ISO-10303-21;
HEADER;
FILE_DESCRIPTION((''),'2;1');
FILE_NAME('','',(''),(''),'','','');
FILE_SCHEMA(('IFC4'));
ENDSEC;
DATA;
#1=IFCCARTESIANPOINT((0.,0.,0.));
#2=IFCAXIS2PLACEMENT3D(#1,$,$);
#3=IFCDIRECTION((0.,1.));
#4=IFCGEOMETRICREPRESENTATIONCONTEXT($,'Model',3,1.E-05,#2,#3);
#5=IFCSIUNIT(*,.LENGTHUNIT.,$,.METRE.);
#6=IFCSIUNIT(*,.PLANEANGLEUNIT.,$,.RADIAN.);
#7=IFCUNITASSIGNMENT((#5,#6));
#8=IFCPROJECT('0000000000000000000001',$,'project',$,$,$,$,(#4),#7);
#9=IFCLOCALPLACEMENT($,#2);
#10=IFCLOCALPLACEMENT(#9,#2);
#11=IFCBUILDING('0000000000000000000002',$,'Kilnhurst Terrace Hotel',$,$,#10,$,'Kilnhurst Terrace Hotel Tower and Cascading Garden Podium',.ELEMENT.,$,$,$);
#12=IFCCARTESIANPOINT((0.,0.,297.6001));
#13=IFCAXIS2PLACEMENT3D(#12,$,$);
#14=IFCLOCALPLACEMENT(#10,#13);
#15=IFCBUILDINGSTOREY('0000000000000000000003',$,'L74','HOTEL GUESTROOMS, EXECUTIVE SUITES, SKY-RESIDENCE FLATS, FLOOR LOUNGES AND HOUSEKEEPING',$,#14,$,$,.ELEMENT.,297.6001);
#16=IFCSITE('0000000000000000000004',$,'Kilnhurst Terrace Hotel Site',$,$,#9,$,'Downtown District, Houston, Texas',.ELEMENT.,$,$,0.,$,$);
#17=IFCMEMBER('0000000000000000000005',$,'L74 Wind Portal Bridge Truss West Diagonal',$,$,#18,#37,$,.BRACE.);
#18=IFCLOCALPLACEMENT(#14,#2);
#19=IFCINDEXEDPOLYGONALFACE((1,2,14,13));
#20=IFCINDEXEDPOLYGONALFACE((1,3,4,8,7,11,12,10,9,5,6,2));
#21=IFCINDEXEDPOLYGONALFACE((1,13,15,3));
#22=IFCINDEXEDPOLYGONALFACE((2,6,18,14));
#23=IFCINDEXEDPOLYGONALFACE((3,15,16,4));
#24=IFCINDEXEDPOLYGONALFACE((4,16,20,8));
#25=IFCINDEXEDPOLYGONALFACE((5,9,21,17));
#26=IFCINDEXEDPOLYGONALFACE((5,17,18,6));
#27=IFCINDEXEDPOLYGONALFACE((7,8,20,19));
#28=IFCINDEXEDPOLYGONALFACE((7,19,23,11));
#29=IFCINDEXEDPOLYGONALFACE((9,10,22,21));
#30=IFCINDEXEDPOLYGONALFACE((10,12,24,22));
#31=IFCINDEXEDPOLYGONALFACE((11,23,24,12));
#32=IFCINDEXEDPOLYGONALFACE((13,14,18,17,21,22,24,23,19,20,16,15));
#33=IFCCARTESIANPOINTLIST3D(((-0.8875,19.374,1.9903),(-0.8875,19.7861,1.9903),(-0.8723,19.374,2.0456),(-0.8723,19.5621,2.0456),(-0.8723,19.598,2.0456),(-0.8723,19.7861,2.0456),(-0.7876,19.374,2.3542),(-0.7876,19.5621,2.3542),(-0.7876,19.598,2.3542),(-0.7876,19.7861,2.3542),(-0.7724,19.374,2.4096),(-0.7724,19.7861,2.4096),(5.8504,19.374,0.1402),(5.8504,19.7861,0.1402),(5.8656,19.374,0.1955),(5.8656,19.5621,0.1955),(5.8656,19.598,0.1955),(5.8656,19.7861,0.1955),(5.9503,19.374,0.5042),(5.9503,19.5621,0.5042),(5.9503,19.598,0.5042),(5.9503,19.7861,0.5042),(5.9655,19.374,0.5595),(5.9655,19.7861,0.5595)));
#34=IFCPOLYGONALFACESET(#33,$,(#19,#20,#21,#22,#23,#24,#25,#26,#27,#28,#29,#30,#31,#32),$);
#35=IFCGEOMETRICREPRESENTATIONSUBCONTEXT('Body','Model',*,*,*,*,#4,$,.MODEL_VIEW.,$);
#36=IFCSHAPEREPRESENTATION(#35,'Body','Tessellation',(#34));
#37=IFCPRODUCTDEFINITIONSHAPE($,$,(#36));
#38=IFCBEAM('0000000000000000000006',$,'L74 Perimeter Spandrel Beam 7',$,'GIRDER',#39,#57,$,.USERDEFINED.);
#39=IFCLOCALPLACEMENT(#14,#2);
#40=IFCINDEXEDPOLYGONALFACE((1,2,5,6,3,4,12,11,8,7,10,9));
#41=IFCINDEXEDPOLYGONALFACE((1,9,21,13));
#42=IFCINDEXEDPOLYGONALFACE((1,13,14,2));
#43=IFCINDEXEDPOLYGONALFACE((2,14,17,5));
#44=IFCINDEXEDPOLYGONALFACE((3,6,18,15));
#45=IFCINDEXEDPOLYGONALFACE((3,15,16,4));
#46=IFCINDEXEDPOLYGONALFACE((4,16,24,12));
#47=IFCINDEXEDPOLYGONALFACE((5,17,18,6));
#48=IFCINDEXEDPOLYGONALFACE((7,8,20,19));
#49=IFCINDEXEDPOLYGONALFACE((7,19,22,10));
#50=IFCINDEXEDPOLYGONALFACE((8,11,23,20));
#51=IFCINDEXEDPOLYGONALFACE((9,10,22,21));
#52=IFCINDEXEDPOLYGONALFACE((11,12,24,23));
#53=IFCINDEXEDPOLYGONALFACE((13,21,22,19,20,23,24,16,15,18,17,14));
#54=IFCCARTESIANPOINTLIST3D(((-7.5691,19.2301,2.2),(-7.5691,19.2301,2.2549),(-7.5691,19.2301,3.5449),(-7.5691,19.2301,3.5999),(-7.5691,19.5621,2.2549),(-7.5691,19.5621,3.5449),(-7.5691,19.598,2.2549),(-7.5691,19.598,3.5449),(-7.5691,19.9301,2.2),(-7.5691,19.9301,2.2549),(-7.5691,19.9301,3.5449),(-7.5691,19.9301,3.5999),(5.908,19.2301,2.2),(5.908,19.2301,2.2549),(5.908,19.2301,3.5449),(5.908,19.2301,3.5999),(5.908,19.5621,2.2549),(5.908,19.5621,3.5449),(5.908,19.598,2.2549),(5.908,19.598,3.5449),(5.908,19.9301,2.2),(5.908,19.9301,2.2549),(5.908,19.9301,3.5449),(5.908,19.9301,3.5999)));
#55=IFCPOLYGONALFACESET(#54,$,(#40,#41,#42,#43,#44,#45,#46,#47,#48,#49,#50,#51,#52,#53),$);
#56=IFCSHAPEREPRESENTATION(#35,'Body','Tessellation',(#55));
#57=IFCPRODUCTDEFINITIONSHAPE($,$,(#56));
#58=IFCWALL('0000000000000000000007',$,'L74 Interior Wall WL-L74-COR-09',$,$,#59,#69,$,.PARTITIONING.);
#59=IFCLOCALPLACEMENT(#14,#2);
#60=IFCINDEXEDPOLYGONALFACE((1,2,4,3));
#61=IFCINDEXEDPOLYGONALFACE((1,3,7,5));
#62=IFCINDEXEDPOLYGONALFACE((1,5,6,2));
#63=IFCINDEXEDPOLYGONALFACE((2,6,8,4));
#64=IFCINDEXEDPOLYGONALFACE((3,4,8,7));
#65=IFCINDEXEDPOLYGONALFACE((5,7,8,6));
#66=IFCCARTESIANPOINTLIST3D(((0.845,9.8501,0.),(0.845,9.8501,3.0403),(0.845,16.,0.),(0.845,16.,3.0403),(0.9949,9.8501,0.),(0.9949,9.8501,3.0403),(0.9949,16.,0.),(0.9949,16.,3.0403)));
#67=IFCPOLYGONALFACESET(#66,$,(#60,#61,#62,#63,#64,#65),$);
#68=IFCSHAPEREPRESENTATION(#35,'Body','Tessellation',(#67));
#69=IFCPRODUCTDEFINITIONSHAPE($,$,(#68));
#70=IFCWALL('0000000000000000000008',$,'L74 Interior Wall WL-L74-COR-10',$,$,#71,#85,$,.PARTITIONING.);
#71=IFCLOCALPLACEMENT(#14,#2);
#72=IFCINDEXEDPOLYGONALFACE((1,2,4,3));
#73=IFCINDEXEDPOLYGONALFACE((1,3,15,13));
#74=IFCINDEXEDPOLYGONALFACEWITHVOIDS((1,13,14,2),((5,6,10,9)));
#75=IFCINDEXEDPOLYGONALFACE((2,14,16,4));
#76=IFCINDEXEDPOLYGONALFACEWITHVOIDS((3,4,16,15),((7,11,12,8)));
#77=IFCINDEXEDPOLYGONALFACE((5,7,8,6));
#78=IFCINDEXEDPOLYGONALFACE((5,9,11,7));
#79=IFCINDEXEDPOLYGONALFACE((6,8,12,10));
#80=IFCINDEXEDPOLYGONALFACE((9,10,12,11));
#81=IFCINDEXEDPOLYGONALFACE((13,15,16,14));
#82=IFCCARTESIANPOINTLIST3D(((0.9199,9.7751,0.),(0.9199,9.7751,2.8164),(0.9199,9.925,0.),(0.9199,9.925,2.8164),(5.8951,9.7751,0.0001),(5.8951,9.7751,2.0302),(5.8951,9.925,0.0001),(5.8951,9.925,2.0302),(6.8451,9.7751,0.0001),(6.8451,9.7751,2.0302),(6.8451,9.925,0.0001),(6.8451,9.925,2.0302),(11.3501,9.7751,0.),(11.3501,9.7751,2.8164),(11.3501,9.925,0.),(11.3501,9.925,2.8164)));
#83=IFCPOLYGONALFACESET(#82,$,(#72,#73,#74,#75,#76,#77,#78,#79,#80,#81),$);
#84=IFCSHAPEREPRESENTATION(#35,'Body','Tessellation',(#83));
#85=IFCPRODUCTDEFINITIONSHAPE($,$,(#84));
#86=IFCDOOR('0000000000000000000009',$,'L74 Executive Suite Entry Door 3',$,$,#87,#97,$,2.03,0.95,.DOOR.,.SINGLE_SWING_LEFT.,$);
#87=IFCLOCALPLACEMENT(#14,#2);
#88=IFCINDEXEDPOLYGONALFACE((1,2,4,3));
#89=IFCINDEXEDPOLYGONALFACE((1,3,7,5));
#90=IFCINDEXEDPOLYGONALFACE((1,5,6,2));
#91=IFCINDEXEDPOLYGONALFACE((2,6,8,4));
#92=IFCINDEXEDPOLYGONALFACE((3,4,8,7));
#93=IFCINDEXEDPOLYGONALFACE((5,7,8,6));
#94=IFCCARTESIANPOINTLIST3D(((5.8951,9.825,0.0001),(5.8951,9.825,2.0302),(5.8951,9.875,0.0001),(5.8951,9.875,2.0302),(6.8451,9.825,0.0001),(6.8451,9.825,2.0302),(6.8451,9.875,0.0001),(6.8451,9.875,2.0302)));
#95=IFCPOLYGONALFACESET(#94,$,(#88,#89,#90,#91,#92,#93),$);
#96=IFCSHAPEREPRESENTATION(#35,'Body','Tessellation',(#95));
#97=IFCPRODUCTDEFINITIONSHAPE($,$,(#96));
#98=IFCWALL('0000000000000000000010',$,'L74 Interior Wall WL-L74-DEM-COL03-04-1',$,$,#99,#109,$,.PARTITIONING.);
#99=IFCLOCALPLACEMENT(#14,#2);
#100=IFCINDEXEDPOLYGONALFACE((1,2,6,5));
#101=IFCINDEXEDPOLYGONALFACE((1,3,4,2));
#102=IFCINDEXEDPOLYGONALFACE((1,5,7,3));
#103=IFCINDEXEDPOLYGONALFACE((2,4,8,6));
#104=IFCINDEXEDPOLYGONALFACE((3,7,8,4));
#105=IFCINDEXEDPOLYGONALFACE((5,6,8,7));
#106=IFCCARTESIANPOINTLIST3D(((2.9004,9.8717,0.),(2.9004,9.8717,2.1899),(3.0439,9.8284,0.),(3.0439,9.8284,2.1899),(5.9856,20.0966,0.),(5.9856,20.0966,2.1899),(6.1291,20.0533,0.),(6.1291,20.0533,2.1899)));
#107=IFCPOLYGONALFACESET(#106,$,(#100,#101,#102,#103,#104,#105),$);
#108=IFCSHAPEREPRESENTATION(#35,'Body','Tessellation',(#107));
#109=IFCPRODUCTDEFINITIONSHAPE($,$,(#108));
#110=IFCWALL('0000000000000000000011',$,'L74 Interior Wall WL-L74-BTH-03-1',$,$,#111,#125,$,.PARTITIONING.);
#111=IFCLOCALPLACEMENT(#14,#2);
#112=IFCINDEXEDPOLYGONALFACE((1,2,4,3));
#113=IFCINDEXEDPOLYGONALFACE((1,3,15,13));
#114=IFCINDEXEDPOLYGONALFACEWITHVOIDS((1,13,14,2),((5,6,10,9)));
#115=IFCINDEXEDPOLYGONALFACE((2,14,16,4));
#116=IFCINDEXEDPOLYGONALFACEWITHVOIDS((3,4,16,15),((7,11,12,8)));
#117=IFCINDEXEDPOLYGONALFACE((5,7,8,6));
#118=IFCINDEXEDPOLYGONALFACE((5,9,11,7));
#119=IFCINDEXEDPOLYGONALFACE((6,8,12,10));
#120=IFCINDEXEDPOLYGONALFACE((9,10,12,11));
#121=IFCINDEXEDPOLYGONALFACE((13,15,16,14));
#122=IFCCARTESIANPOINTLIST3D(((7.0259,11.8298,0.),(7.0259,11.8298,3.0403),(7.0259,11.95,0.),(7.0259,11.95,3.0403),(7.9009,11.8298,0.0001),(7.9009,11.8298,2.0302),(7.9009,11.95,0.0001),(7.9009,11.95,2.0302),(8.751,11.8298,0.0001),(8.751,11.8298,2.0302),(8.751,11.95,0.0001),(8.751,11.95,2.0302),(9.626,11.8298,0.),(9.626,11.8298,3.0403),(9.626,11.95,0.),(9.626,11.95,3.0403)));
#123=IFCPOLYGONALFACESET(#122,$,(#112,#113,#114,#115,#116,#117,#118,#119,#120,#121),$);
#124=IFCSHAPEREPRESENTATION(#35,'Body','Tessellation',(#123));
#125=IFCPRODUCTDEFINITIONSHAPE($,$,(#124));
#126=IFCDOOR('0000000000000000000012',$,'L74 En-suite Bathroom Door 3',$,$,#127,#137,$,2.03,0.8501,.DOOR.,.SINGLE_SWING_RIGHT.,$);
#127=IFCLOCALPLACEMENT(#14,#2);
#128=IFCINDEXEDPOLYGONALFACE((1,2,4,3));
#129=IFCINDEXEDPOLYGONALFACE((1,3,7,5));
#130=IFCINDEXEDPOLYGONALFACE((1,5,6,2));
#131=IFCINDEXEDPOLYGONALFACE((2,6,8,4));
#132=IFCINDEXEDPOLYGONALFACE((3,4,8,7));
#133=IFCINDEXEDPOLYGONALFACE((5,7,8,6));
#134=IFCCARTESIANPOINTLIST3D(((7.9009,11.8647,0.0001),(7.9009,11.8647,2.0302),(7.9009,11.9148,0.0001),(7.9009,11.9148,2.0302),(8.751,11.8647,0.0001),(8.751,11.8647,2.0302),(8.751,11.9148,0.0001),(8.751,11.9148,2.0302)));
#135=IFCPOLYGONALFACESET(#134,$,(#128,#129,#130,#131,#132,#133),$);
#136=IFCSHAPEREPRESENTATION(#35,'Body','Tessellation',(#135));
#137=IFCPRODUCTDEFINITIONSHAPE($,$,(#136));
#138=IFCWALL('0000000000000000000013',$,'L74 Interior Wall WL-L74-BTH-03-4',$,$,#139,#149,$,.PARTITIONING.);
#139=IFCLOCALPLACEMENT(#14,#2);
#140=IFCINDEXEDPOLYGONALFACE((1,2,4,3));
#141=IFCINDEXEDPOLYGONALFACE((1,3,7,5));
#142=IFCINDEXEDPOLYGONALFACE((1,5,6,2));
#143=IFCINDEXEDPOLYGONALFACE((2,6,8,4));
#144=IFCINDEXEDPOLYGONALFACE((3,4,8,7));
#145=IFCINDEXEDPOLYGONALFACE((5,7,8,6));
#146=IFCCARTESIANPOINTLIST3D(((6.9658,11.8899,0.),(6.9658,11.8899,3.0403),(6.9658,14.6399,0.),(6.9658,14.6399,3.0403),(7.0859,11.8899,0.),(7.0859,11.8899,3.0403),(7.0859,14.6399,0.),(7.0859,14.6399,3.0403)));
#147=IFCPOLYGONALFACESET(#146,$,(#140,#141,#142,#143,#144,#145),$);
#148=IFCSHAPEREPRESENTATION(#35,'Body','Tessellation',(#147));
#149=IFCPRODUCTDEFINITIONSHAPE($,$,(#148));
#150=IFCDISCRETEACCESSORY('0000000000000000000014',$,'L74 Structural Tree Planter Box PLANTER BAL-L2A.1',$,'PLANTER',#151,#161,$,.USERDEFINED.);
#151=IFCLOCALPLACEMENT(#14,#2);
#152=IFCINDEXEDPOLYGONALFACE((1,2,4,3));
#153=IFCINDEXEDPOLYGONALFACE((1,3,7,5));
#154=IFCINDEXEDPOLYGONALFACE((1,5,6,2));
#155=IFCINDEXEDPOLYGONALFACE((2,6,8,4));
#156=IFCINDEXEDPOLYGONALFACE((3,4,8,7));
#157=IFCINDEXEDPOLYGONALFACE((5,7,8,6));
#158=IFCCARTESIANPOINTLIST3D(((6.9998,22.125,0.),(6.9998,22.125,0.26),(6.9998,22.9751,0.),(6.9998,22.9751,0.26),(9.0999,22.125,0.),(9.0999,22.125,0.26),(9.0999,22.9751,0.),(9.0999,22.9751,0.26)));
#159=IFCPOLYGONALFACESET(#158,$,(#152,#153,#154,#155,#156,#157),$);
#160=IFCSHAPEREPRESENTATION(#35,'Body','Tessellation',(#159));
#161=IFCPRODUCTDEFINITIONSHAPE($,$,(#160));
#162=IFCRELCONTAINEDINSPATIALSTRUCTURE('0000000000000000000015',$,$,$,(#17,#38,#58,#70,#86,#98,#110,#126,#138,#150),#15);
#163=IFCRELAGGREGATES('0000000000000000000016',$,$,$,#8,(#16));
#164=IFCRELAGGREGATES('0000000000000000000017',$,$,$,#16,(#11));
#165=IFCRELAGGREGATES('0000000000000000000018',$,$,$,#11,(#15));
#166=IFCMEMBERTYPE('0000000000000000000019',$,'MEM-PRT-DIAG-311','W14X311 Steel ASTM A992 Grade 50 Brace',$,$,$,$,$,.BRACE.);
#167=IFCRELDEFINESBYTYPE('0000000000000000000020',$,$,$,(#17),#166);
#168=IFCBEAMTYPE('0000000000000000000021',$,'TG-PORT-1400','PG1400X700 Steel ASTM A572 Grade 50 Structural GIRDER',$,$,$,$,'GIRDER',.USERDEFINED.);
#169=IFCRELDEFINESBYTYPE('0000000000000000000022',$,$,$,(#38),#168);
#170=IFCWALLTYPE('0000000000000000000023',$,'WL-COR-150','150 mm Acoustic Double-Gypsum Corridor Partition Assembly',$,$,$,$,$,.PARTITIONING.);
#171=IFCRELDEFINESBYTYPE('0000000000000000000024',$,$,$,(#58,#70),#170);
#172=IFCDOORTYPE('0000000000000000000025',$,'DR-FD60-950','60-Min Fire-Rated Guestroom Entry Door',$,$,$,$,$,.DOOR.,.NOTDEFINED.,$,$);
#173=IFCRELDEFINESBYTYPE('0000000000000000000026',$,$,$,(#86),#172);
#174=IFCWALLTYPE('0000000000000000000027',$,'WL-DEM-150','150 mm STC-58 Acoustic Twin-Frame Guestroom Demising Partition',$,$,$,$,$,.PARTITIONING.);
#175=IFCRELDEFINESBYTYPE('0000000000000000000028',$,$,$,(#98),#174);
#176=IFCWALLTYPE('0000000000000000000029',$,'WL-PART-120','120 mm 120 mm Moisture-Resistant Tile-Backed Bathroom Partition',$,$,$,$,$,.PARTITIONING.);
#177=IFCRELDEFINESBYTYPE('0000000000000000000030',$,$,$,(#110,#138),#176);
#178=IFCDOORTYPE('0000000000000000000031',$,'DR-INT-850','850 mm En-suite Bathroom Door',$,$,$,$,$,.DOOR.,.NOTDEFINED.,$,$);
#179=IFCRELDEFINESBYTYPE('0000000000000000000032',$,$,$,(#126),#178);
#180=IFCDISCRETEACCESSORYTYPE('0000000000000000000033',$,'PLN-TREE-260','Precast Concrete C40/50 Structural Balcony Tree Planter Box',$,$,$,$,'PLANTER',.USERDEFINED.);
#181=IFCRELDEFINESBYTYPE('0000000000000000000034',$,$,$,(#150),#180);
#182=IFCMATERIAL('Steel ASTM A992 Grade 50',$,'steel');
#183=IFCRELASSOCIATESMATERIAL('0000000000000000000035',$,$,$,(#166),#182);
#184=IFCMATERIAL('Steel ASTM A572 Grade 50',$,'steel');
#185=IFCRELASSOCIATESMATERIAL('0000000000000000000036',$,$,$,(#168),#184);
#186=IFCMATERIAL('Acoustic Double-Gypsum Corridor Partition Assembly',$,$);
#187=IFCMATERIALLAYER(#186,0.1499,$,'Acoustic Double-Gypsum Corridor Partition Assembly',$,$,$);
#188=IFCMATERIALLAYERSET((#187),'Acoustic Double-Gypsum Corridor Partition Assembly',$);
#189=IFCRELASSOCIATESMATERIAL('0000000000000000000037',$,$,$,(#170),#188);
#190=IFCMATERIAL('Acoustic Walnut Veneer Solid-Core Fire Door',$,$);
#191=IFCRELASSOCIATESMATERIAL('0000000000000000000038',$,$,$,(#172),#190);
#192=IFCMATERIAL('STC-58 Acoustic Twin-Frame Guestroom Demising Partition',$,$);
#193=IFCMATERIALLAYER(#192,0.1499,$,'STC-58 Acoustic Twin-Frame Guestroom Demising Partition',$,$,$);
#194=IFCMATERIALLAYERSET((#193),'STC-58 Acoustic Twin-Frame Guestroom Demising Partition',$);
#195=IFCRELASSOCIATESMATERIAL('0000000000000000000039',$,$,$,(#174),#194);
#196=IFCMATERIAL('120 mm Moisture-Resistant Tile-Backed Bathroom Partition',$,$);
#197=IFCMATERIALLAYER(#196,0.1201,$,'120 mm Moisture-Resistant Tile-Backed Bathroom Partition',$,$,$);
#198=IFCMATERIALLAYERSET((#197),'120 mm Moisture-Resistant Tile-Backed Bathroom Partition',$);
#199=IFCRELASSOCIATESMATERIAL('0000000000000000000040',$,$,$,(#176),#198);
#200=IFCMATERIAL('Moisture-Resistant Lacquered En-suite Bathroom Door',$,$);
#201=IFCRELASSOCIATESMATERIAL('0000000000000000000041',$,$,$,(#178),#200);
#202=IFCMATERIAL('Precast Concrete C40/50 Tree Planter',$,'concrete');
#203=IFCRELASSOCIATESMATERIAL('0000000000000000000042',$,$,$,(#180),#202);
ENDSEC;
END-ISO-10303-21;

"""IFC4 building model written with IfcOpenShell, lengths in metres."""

from ifc_helpers import new_model, si_unit, direction, frame, frame_2d, origin, origin_2d, place, context, subcontext, project, spatial, rectangle, i_section, extrude, material, layer, layer_set, material_profile, profile_set, type_object, element, fill, save


model = new_model("IFC4")

# Units and contexts
model_context = context("Model", 3, precision=1e-05, world=origin(), true_north=direction((0.0, 1.0)))
body_context = subcontext(model_context, "Body", "Model", "MODEL_VIEW")
ifc_project = project(units=[si_unit("LENGTHUNIT", "METRE"), si_unit("PLANEANGLEUNIT", "RADIAN")], contexts=[model_context])

# Site, building, storey
site_placement = place(None, origin())
site = spatial("IfcSite", under=ifc_project, at=site_placement, Name="Kilnhurst Terrace Hotel Site", LongName="Downtown District, Houston, Texas", CompositionType="ELEMENT", RefElevation=0.0)
building_placement = place(site_placement, origin())
building = spatial("IfcBuilding", under=site, at=building_placement, Name="Kilnhurst Terrace Hotel", LongName="Kilnhurst Terrace Hotel Tower and Cascading Garden Podium", CompositionType="ELEMENT")
storey_placement = place(building_placement, frame((0.0, 0.0, 297.6001)))
storey = spatial("IfcBuildingStorey", under=building, at=storey_placement, Name="L74", Description="HOTEL GUESTROOMS, EXECUTIVE SUITES, SKY-RESIDENCE FLATS, FLOOR LOUNGES AND HOUSEKEEPING", CompositionType="ELEMENT", Elevation=297.6001)

# Shared definitions
ifc_material_1 = material(Name="Steel ASTM A992 Grade 50", Category="steel")

# Member
ifc_material_profile_1 = material_profile(ifc_material_1, i_section(OverallWidth=0.4121, OverallDepth=0.4348, WebThickness=0.0359, FlangeThickness=0.0574, at=origin_2d()), Name="W14X311")
ifc_profile_set_1 = profile_set([ifc_material_profile_1], Name="Steel ASTM A992 Grade 50")
member_type_1 = type_object("IfcMemberType", Name="MEM-PRT-DIAG-311", Description="W14X311 Steel ASTM A992 Grade 50 Brace", PredefinedType="BRACE", material=ifc_profile_set_1)
member_1_placement = place(storey_placement, frame((5.908, 19.5801, 0.3499), z_axis=(-0.96431, 0.0, 0.264776), x_axis=(0.0, -1.0, 0.0)))
element("IfcMember", 1, at=member_1_placement, inside=storey, type_object=member_type_1, Name="L74 Wind Portal Bridge Truss West Diagonal", PredefinedType="BRACE", context=body_context, shape_type="SweptSolid", body=[
    extrude(i_section(OverallWidth=0.4121, OverallDepth=0.4348, WebThickness=0.0359, FlangeThickness=0.0574, at=origin_2d()), origin(), (0.0, 0.0, 1.0), 6.9873),
])

# Beam
ifc_material_2 = material(Name="Steel ASTM A572 Grade 50", Category="steel")
ifc_material_profile_2 = material_profile(ifc_material_2, i_section(OverallWidth=0.7, OverallDepth=1.3999, WebThickness=0.0359, FlangeThickness=0.0549, at=origin_2d()), Name="PG1400X700")
ifc_profile_set_2 = profile_set([ifc_material_profile_2], Name="Steel ASTM A572 Grade 50")
beam_type_1 = type_object("IfcBeamType", Name="TG-PORT-1400", Description="PG1400X700 Steel ASTM A572 Grade 50 Structural GIRDER", ElementType="GIRDER", PredefinedType="USERDEFINED", material=ifc_profile_set_2)
beam_1_placement = place(storey_placement, frame((5.908, 19.5801, 2.8999), z_axis=(-1.0, 0.0, 0.0), x_axis=(0.0, -1.0, 0.0)))
element("IfcBeam", 2, at=beam_1_placement, inside=storey, type_object=beam_type_1, Name="L74 Perimeter Spandrel Beam 7", ObjectType="GIRDER", PredefinedType="USERDEFINED", context=body_context, shape_type="SweptSolid", body=[
    extrude(i_section(OverallWidth=0.7, OverallDepth=1.3999, WebThickness=0.0359, FlangeThickness=0.0549, at=origin_2d()), origin(), (0.0, 0.0, 1.0), 13.4771),
])

# Wall
ifc_material_3 = material(Name="Acoustic Double-Gypsum Corridor Partition Assembly")
ifc_layer_1 = layer(ifc_material_3, 0.1499, Name="Acoustic Double-Gypsum Corridor Partition Assembly")
ifc_layer_set_1 = layer_set([ifc_layer_1], Name="Acoustic Double-Gypsum Corridor Partition Assembly")
wall_type_1 = type_object("IfcWallType", Name="WL-COR-150", Description="150 mm Acoustic Double-Gypsum Corridor Partition Assembly", PredefinedType="PARTITIONING", material=ifc_layer_set_1)
wall_1_placement = place(storey_placement, frame((0.9199, 16.0, 0.0), z_axis=(0.0, 0.0, 1.0), x_axis=(0.0, -1.0, 0.0)))
element("IfcWall", 3, at=wall_1_placement, inside=storey, type_object=wall_type_1, Name="L74 Interior Wall WL-L74-COR-09", PredefinedType="PARTITIONING", context=body_context, shape_type="SweptSolid", body=[
    extrude(rectangle(XDim=6.1499, YDim=0.1499, at=frame_2d((3.075, 0.0))), origin(), (0.0, 0.0, 1.0), 3.0403),
])

# Wall, opening, door
wall_2_placement = place(storey_placement, frame((0.9199, 9.8501, 0.0), z_axis=(0.0, 0.0, 1.0), x_axis=(1.0, 0.0, 0.0)))
wall_2 = element("IfcWall", 4, at=wall_2_placement, inside=storey, type_object=wall_type_1, Name="L74 Interior Wall WL-L74-COR-10", PredefinedType="PARTITIONING", context=body_context, shape_type="SweptSolid", body=[
    extrude(rectangle(XDim=10.4302, YDim=0.1499, at=frame_2d((5.2151, 0.0))), origin(), (0.0, 0.0, 1.0), 2.8164),
])
opening_1_placement = place(wall_2_placement, frame((4.9751, 0.0, 0.0)))
opening_1 = element("IfcOpeningElement", 5, at=opening_1_placement, cuts=wall_2, PredefinedType="OPENING", context=body_context, shape_type="SweptSolid", body=[
    extrude(rectangle(XDim=0.95, YDim=2.03, at=frame_2d((0.4751, 1.0151))), frame((0.0, 0.085, 0.0), z_axis=(0.0, -1.0, 0.0), x_axis=(1.0, 0.0, 0.0)), (0.0, 0.0, 1.0), 0.1699),
])
ifc_material_4 = material(Name="Acoustic Walnut Veneer Solid-Core Fire Door")
door_type_1 = type_object("IfcDoorType", Name="DR-FD60-950", Description="60-Min Fire-Rated Guestroom Entry Door", OperationType="NOTDEFINED", PredefinedType="DOOR", material=ifc_material_4)
door_1_placement = place(opening_1_placement, origin())
door_1 = element("IfcDoor", 6, at=door_1_placement, inside=storey, type_object=door_type_1, Name="L74 Executive Suite Entry Door 3", OperationType="SINGLE_SWING_LEFT", OverallHeight=2.03, OverallWidth=0.95, PredefinedType="DOOR", context=body_context, shape_type="SweptSolid", body=[
    extrude(rectangle(XDim=0.95, YDim=2.03, at=frame_2d((0.4751, 1.0151))), frame((0.0, 0.0249, 0.0), z_axis=(0.0, -1.0, 0.0), x_axis=(1.0, 0.0, 0.0)), (0.0, 0.0, 1.0), 0.05),
])
fill(opening_1, door_1)

# Wall
ifc_material_5 = material(Name="STC-58 Acoustic Twin-Frame Guestroom Demising Partition")
ifc_layer_2 = layer(ifc_material_5, 0.1499, Name="STC-58 Acoustic Twin-Frame Guestroom Demising Partition")
ifc_layer_set_2 = layer_set([ifc_layer_2], Name="STC-58 Acoustic Twin-Frame Guestroom Demising Partition")
wall_type_2 = type_object("IfcWallType", Name="WL-DEM-150", Description="150 mm STC-58 Acoustic Twin-Frame Guestroom Demising Partition", PredefinedType="PARTITIONING", material=ifc_layer_set_2)
wall_3_placement = place(storey_placement, frame((2.9722, 9.8501, 0.0), z_axis=(0.0, 0.0, 1.0), x_axis=(0.288872, 0.957368, 0.0)))
element("IfcWall", 7, at=wall_3_placement, inside=storey, type_object=wall_type_2, Name="L74 Interior Wall WL-L74-DEM-COL03-04-1", PredefinedType="PARTITIONING", context=body_context, shape_type="SweptSolid", body=[
    extrude(rectangle(XDim=10.6802, YDim=0.1499, at=frame_2d((5.3401, 0.0))), origin(), (0.0, 0.0, 1.0), 2.1899),
])

# Wall, opening, door
ifc_material_6 = material(Name="120 mm Moisture-Resistant Tile-Backed Bathroom Partition")
ifc_layer_3 = layer(ifc_material_6, 0.1201, Name="120 mm Moisture-Resistant Tile-Backed Bathroom Partition")
ifc_layer_set_3 = layer_set([ifc_layer_3], Name="120 mm Moisture-Resistant Tile-Backed Bathroom Partition")
wall_type_3 = type_object("IfcWallType", Name="WL-PART-120", Description="120 mm 120 mm Moisture-Resistant Tile-Backed Bathroom Partition", PredefinedType="PARTITIONING", material=ifc_layer_set_3)
wall_4_placement = place(storey_placement, frame((7.0259, 11.8899, 0.0), z_axis=(0.0, 0.0, 1.0), x_axis=(1.0, 0.0, 0.0)))
wall_4 = element("IfcWall", 8, at=wall_4_placement, inside=storey, type_object=wall_type_3, Name="L74 Interior Wall WL-L74-BTH-03-1", PredefinedType="PARTITIONING", context=body_context, shape_type="SweptSolid", body=[
    extrude(rectangle(XDim=2.6001, YDim=0.1201, at=frame_2d((1.3, 0.0))), origin(), (0.0, 0.0, 1.0), 3.0403),
])
opening_2_placement = place(wall_4_placement, frame((0.875, 0.0, 0.0)))
opening_2 = element("IfcOpeningElement", 9, at=opening_2_placement, cuts=wall_4, PredefinedType="OPENING", context=body_context, shape_type="SweptSolid", body=[
    extrude(rectangle(XDim=0.8501, YDim=2.03, at=frame_2d((0.425, 1.0151))), frame((0.0, 0.0701, 0.0), z_axis=(0.0, -1.0, 0.0), x_axis=(1.0, 0.0, 0.0)), (0.0, 0.0, 1.0), 0.1401),
])
ifc_material_7 = material(Name="Moisture-Resistant Lacquered En-suite Bathroom Door")
door_type_2 = type_object("IfcDoorType", Name="DR-INT-850", Description="850 mm En-suite Bathroom Door", OperationType="NOTDEFINED", PredefinedType="DOOR", material=ifc_material_7)
door_2_placement = place(opening_2_placement, origin())
door_2 = element("IfcDoor", 10, at=door_2_placement, inside=storey, type_object=door_type_2, Name="L74 En-suite Bathroom Door 3", OperationType="SINGLE_SWING_RIGHT", OverallHeight=2.03, OverallWidth=0.8501, PredefinedType="DOOR", context=body_context, shape_type="SweptSolid", body=[
    extrude(rectangle(XDim=0.8501, YDim=2.03, at=frame_2d((0.425, 1.0151))), frame((0.0, 0.0249, 0.0), z_axis=(0.0, -1.0, 0.0), x_axis=(1.0, 0.0, 0.0)), (0.0, 0.0, 1.0), 0.05),
])
fill(opening_2, door_2)

# Wall
wall_5_placement = place(storey_placement, frame((7.0259, 14.6399, 0.0), z_axis=(0.0, 0.0, 1.0), x_axis=(0.0, -1.0, 0.0)))
element("IfcWall", 11, at=wall_5_placement, inside=storey, type_object=wall_type_3, Name="L74 Interior Wall WL-L74-BTH-03-4", PredefinedType="PARTITIONING", context=body_context, shape_type="SweptSolid", body=[
    extrude(rectangle(XDim=2.75, YDim=0.1201, at=frame_2d((1.375, 0.0))), origin(), (0.0, 0.0, 1.0), 3.0403),
])

# Discrete accessory
ifc_material_8 = material(Name="Precast Concrete C40/50 Tree Planter", Category="concrete")
discrete_accessory_type = type_object("IfcDiscreteAccessoryType", Name="PLN-TREE-260", Description="Precast Concrete C40/50 Structural Balcony Tree Planter Box", ElementType="PLANTER", PredefinedType="USERDEFINED", material=ifc_material_8)
discrete_accessory_placement = place(storey_placement, frame((8.0498, 22.55, 0.0), z_axis=(0.0, 0.0, 1.0), x_axis=(-1.0, 0.0, 0.0)))
element("IfcDiscreteAccessory", 12, at=discrete_accessory_placement, inside=storey, type_object=discrete_accessory_type, Name="L74 Structural Tree Planter Box PLANTER BAL-L2A.1", ObjectType="PLANTER", PredefinedType="USERDEFINED", context=body_context, shape_type="SweptSolid", body=[
    extrude(rectangle(XDim=2.1001, YDim=0.8501, at=origin_2d()), origin(), (0.0, 0.0, 1.0), 0.26),
])

save(model, "model.ifc")
